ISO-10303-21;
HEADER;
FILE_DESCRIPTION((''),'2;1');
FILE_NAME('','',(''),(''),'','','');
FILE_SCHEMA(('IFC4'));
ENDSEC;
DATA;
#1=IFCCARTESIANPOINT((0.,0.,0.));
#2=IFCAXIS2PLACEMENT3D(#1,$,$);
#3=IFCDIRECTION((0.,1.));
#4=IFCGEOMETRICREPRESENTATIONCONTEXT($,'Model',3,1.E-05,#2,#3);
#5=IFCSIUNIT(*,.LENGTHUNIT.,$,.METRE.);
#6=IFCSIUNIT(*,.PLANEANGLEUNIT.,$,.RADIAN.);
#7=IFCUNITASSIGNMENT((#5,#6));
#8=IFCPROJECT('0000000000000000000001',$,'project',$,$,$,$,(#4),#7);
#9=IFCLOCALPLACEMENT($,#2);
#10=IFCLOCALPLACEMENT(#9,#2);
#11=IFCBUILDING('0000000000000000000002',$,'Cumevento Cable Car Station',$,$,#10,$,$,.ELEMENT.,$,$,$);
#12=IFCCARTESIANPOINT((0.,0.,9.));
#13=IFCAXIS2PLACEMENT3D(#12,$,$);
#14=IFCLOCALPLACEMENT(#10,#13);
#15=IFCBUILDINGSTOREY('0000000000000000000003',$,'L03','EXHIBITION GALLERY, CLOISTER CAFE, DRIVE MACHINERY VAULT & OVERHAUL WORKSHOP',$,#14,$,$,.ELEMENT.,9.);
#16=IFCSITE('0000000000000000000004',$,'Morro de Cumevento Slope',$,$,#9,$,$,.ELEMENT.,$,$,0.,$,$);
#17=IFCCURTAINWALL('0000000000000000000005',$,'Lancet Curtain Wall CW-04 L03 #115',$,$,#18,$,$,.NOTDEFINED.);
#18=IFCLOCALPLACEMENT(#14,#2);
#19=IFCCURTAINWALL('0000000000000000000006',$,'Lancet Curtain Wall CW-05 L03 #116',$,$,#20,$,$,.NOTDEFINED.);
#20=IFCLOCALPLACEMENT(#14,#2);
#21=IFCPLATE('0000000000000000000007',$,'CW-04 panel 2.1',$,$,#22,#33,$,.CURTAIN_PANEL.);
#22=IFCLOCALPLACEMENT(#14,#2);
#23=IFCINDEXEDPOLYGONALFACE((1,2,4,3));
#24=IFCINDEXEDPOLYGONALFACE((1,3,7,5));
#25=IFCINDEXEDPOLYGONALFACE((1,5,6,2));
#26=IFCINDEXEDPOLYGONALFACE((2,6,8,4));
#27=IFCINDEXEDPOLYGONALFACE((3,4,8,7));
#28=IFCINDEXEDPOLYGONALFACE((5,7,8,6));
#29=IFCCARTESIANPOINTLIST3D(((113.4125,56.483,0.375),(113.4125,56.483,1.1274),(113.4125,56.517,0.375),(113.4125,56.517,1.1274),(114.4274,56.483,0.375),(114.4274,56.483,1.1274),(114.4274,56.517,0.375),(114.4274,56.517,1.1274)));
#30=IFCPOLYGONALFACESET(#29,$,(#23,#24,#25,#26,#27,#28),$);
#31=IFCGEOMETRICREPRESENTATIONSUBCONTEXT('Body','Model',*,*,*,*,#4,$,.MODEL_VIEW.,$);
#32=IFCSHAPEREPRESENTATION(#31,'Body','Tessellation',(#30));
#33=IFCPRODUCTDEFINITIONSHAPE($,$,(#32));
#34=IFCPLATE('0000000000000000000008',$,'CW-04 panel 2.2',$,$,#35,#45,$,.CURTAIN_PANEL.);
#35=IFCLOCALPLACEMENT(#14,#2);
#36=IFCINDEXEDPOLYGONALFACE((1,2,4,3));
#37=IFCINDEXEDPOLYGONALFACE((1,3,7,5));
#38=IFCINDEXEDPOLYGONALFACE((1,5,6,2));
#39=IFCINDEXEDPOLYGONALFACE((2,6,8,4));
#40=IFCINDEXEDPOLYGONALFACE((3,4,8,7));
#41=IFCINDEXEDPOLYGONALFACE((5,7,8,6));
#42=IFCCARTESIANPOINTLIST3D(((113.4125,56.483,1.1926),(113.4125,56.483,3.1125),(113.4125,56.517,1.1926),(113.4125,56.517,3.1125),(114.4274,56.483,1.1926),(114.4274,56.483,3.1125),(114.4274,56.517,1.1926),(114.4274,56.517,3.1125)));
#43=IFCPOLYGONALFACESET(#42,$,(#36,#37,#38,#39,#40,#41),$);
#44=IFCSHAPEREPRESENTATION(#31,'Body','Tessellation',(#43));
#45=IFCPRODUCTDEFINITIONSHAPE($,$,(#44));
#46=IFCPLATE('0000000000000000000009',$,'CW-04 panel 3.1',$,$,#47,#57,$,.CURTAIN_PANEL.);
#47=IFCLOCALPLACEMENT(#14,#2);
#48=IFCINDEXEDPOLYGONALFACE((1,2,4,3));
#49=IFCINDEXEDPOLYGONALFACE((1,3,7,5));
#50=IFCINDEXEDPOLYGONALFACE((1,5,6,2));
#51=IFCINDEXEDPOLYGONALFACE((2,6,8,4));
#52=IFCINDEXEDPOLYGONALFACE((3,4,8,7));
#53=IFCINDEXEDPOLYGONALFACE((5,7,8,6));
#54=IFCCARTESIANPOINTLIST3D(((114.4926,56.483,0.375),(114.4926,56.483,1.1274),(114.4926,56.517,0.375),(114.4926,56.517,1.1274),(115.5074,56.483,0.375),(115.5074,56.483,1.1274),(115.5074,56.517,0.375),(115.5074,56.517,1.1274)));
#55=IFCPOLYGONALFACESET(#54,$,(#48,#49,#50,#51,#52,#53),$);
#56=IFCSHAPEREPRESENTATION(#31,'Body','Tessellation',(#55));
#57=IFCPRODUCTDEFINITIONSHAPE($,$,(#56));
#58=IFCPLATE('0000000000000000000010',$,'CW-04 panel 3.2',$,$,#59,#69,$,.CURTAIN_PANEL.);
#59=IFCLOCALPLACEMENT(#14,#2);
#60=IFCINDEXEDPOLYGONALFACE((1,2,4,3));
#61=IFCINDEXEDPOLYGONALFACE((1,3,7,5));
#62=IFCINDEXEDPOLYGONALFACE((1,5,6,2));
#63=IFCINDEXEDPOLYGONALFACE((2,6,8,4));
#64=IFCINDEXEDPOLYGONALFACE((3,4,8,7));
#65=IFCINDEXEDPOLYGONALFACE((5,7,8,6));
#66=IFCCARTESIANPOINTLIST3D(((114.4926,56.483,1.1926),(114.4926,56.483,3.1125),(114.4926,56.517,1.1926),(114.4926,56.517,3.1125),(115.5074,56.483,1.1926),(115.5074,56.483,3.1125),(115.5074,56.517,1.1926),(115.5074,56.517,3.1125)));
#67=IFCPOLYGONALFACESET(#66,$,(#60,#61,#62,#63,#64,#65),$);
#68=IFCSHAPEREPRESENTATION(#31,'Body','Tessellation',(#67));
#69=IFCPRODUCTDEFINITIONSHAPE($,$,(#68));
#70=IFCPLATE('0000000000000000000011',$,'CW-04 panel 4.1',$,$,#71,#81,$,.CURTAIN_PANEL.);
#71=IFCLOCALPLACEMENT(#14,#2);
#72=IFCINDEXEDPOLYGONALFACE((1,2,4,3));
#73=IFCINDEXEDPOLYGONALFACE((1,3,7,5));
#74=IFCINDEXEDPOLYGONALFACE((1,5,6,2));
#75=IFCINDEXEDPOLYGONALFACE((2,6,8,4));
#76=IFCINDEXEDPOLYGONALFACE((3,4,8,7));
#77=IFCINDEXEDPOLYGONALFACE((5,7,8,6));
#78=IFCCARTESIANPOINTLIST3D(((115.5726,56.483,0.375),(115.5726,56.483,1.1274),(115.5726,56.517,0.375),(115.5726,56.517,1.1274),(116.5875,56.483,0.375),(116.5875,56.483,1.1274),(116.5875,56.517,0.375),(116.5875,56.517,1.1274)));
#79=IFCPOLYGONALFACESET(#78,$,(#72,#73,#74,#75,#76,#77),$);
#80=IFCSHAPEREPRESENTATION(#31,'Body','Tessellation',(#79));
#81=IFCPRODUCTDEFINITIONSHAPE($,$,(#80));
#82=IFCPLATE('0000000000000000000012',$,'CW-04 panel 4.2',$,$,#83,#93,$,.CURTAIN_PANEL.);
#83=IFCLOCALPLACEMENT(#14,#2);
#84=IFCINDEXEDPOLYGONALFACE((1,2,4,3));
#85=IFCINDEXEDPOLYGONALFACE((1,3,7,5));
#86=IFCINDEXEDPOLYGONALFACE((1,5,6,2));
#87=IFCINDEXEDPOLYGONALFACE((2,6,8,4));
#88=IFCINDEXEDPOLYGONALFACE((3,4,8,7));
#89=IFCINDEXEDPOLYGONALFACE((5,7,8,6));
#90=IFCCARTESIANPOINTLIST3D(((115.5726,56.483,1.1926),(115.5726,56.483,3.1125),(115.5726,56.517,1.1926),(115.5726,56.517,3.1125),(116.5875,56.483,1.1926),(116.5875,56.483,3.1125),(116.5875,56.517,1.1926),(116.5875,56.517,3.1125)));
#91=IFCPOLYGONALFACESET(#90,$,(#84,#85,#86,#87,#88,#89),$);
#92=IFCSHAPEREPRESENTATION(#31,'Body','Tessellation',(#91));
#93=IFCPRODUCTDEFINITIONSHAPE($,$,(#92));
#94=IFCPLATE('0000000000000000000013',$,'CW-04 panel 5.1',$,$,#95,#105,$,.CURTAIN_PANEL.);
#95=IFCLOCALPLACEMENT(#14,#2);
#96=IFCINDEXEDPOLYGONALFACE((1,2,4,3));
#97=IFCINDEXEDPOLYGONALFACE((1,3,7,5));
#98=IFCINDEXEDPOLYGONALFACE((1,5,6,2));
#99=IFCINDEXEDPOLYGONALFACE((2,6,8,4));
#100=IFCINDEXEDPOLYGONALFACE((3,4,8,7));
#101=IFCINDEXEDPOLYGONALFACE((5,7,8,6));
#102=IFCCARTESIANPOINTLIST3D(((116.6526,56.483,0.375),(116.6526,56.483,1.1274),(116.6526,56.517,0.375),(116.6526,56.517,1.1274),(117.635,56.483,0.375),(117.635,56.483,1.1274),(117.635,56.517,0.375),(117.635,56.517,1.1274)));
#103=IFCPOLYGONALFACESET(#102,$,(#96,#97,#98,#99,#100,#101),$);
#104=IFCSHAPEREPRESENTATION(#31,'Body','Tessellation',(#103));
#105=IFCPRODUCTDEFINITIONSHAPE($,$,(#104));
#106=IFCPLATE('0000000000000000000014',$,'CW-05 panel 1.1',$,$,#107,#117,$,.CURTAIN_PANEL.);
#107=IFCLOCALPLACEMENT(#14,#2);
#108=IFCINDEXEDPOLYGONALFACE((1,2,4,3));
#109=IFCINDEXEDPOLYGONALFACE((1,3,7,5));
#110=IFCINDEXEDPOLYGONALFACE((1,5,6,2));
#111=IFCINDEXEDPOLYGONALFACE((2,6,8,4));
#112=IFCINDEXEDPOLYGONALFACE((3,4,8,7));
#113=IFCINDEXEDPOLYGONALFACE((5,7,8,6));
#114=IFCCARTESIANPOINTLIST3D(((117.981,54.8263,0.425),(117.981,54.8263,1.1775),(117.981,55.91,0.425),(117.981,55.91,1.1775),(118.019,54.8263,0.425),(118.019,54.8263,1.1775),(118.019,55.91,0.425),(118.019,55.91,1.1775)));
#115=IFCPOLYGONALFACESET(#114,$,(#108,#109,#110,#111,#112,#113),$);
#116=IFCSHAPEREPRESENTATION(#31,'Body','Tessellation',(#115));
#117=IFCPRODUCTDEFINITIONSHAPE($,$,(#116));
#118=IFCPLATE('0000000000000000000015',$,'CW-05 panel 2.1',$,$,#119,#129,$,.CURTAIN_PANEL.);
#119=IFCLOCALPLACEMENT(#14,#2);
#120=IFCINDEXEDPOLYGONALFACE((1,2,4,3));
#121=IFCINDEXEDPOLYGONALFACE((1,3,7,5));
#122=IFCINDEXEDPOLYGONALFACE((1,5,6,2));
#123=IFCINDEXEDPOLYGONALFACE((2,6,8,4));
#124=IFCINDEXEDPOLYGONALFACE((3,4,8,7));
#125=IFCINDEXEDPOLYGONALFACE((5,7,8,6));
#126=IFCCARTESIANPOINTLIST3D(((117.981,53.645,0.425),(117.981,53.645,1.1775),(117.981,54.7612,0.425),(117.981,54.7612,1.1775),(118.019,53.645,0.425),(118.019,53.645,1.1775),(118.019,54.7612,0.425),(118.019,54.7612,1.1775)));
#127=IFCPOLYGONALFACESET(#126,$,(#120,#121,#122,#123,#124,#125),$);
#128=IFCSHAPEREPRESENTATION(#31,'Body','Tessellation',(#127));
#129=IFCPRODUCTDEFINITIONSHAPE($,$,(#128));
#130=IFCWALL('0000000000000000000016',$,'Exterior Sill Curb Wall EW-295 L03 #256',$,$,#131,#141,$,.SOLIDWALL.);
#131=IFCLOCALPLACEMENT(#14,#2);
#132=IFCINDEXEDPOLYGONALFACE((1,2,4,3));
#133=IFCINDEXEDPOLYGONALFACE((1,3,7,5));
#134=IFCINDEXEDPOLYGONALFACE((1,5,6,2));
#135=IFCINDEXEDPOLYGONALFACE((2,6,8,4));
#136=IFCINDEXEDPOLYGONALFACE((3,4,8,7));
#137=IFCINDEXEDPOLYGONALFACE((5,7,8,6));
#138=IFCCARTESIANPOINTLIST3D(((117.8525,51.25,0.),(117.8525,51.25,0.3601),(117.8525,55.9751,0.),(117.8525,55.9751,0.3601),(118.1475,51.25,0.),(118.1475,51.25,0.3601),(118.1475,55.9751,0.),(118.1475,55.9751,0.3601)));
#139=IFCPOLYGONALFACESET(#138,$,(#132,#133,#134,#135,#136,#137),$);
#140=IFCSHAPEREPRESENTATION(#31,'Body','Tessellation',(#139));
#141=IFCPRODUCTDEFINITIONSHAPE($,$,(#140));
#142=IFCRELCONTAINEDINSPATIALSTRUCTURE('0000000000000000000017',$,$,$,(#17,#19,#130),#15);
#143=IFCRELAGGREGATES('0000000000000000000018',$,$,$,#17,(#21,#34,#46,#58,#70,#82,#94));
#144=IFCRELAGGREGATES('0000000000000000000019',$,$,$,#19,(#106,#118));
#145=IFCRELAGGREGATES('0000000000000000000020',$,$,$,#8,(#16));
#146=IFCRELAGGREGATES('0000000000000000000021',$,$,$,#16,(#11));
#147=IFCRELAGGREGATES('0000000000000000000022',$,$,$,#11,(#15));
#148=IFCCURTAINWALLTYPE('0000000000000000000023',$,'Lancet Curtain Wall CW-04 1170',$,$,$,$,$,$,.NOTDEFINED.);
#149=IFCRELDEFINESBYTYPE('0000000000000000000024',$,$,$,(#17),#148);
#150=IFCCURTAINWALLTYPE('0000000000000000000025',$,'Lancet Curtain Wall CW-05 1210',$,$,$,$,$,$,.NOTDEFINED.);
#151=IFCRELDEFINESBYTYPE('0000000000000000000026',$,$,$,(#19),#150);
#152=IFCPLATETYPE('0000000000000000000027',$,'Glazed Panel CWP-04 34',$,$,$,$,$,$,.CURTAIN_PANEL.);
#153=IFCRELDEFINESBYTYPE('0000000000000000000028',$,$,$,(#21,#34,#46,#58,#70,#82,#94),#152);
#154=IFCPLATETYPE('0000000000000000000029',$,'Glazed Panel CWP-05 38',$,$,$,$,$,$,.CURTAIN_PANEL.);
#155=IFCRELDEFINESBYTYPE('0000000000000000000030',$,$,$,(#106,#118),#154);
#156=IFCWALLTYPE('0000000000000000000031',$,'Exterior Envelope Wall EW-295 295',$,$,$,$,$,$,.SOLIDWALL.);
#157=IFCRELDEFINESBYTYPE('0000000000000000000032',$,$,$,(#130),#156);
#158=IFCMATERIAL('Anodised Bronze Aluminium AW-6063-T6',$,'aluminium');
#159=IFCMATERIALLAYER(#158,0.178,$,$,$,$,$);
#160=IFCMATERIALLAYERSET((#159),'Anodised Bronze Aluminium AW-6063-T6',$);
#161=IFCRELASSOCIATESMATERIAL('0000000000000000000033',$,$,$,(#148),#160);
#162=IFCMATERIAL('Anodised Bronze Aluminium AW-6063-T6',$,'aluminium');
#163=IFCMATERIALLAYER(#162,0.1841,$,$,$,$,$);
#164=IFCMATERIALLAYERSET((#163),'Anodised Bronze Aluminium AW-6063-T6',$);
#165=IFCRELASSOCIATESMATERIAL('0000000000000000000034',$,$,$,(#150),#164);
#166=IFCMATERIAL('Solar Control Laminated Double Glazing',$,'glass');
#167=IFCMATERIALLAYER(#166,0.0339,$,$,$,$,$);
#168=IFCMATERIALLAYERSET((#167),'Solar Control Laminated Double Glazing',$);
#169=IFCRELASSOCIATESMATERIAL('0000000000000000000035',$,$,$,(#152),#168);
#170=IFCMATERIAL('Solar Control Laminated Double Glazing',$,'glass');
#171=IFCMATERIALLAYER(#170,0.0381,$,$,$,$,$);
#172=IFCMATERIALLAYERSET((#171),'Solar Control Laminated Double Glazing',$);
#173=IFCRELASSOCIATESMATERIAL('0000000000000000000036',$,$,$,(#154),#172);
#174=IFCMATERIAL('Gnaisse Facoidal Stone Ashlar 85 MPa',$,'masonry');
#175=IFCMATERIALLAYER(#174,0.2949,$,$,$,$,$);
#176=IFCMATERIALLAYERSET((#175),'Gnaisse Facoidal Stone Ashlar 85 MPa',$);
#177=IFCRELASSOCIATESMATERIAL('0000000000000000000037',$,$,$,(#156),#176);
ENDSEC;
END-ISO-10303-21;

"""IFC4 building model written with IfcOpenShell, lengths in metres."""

from ifc_helpers import new_model, si_unit, direction, frame, frame_2d, origin, origin_2d, place, context, subcontext, project, spatial, rectangle, extrude, material, layer, layer_set, type_object, element, aggregate, save


model = new_model("IFC4")

# Units and contexts
model_context = context("Model", 3, precision=1e-05, world=origin(), true_north=direction((0.0, 1.0)))
body_context = subcontext(model_context, "Body", "Model", "MODEL_VIEW")
ifc_project = project(units=[si_unit("LENGTHUNIT", "METRE"), si_unit("PLANEANGLEUNIT", "RADIAN")], contexts=[model_context])

# Site, building, storey
site_placement = place(None, origin())
site = spatial("IfcSite", under=ifc_project, at=site_placement, Name="Morro de Cumevento Slope", CompositionType="ELEMENT", RefElevation=0.0)
building_placement = place(site_placement, origin())
building = spatial("IfcBuilding", under=site, at=building_placement, Name="Cumevento Cable Car Station", CompositionType="ELEMENT")
storey_placement = place(building_placement, frame((0.0, 0.0, 9.0)))
storey = spatial("IfcBuildingStorey", under=building, at=storey_placement, Name="L03", Description="EXHIBITION GALLERY, CLOISTER CAFE, DRIVE MACHINERY VAULT & OVERHAUL WORKSHOP", CompositionType="ELEMENT", Elevation=9.0)

# Curtain walls
ifc_material_1 = material(Name="Anodised Bronze Aluminium AW-6063-T6", Category="aluminium")
ifc_layer_1 = layer(ifc_material_1, 0.178)
ifc_layer_set_1 = layer_set([ifc_layer_1], Name="Anodised Bronze Aluminium AW-6063-T6")
curtain_wall_type_1 = type_object("IfcCurtainWallType", Name="Lancet Curtain Wall CW-04 1170", PredefinedType="NOTDEFINED", material=ifc_layer_set_1)
curtain_wall_1_placement = place(storey_placement, origin())
curtain_wall_1 = element("IfcCurtainWall", 1, at=curtain_wall_1_placement, inside=storey, type_object=curtain_wall_type_1, Name="Lancet Curtain Wall CW-04 L03 #115", PredefinedType="NOTDEFINED")
ifc_material_2 = material(Name="Anodised Bronze Aluminium AW-6063-T6", Category="aluminium")
ifc_layer_2 = layer(ifc_material_2, 0.1841)
ifc_layer_set_2 = layer_set([ifc_layer_2], Name="Anodised Bronze Aluminium AW-6063-T6")
curtain_wall_type_2 = type_object("IfcCurtainWallType", Name="Lancet Curtain Wall CW-05 1210", PredefinedType="NOTDEFINED", material=ifc_layer_set_2)
curtain_wall_2_placement = place(storey_placement, origin())
curtain_wall_2 = element("IfcCurtainWall", 2, at=curtain_wall_2_placement, inside=storey, type_object=curtain_wall_type_2, Name="Lancet Curtain Wall CW-05 L03 #116", PredefinedType="NOTDEFINED")

# Plates
ifc_material_3 = material(Name="Solar Control Laminated Double Glazing", Category="glass")
ifc_layer_3 = layer(ifc_material_3, 0.0339)
ifc_layer_set_3 = layer_set([ifc_layer_3], Name="Solar Control Laminated Double Glazing")
plate_type_1 = type_object("IfcPlateType", Name="Glazed Panel CWP-04 34", PredefinedType="CURTAIN_PANEL", material=ifc_layer_set_3)
plate_1_placement = place(storey_placement, frame((113.9199, 56.5, 0.375), z_axis=(0.0, 0.0, 1.0), x_axis=(1.0, 0.0, 0.0)))
plate_1 = element("IfcPlate", 3, at=plate_1_placement, type_object=plate_type_1, Name="CW-04 panel 2.1", PredefinedType="CURTAIN_PANEL", context=body_context, shape_type="SweptSolid", body=[
    extrude(rectangle(XDim=1.0149, YDim=0.0339, at=origin_2d()), origin(), (0.0, 0.0, 1.0), 0.7524),
])
plate_2_placement = place(storey_placement, frame((113.9199, 56.5, 1.1926), z_axis=(0.0, 0.0, 1.0), x_axis=(1.0, 0.0, 0.0)))
plate_2 = element("IfcPlate", 4, at=plate_2_placement, type_object=plate_type_1, Name="CW-04 panel 2.2", PredefinedType="CURTAIN_PANEL", context=body_context, shape_type="SweptSolid", body=[
    extrude(rectangle(XDim=1.0149, YDim=0.0339, at=origin_2d()), origin(), (0.0, 0.0, 1.0), 1.9199),
])
plate_3_placement = place(storey_placement, frame((115.0, 56.5, 0.375), z_axis=(0.0, 0.0, 1.0), x_axis=(1.0, 0.0, 0.0)))
plate_3 = element("IfcPlate", 5, at=plate_3_placement, type_object=plate_type_1, Name="CW-04 panel 3.1", PredefinedType="CURTAIN_PANEL", context=body_context, shape_type="SweptSolid", body=[
    extrude(rectangle(XDim=1.0149, YDim=0.0339, at=origin_2d()), origin(), (0.0, 0.0, 1.0), 0.7524),
])
plate_4_placement = place(storey_placement, frame((115.0, 56.5, 1.1926), z_axis=(0.0, 0.0, 1.0), x_axis=(1.0, 0.0, 0.0)))
plate_4 = element("IfcPlate", 6, at=plate_4_placement, type_object=plate_type_1, Name="CW-04 panel 3.2", PredefinedType="CURTAIN_PANEL", context=body_context, shape_type="SweptSolid", body=[
    extrude(rectangle(XDim=1.0149, YDim=0.0339, at=origin_2d()), origin(), (0.0, 0.0, 1.0), 1.9199),
])
plate_5_placement = place(storey_placement, frame((116.0801, 56.5, 0.375), z_axis=(0.0, 0.0, 1.0), x_axis=(1.0, 0.0, 0.0)))
plate_5 = element("IfcPlate", 7, at=plate_5_placement, type_object=plate_type_1, Name="CW-04 panel 4.1", PredefinedType="CURTAIN_PANEL", context=body_context, shape_type="SweptSolid", body=[
    extrude(rectangle(XDim=1.0149, YDim=0.0339, at=origin_2d()), origin(), (0.0, 0.0, 1.0), 0.7524),
])
plate_6_placement = place(storey_placement, frame((116.0801, 56.5, 1.1926), z_axis=(0.0, 0.0, 1.0), x_axis=(1.0, 0.0, 0.0)))
plate_6 = element("IfcPlate", 8, at=plate_6_placement, type_object=plate_type_1, Name="CW-04 panel 4.2", PredefinedType="CURTAIN_PANEL", context=body_context, shape_type="SweptSolid", body=[
    extrude(rectangle(XDim=1.0149, YDim=0.0339, at=origin_2d()), origin(), (0.0, 0.0, 1.0), 1.9199),
])
plate_7_placement = place(storey_placement, frame((117.1438, 56.5, 0.375), z_axis=(0.0, 0.0, 1.0), x_axis=(1.0, 0.0, 0.0)))
plate_7 = element("IfcPlate", 9, at=plate_7_placement, type_object=plate_type_1, Name="CW-04 panel 5.1", PredefinedType="CURTAIN_PANEL", context=body_context, shape_type="SweptSolid", body=[
    extrude(rectangle(XDim=0.9824, YDim=0.0339, at=origin_2d()), origin(), (0.0, 0.0, 1.0), 0.7524),
])
aggregate(curtain_wall_1, [plate_1, plate_2, plate_3, plate_4, plate_5, plate_6, plate_7])
ifc_material_4 = material(Name="Solar Control Laminated Double Glazing", Category="glass")
ifc_layer_4 = layer(ifc_material_4, 0.0381)
ifc_layer_set_4 = layer_set([ifc_layer_4], Name="Solar Control Laminated Double Glazing")
plate_type_2 = type_object("IfcPlateType", Name="Glazed Panel CWP-05 38", PredefinedType="CURTAIN_PANEL", material=ifc_layer_set_4)
plate_8_placement = place(storey_placement, frame((118.0, 55.3682, 0.425), z_axis=(0.0, 0.0, 1.0), x_axis=(0.0, -1.0, 0.0)))
plate_8 = element("IfcPlate", 10, at=plate_8_placement, type_object=plate_type_2, Name="CW-05 panel 1.1", PredefinedType="CURTAIN_PANEL", context=body_context, shape_type="SweptSolid", body=[
    extrude(rectangle(XDim=1.0837, YDim=0.0381, at=origin_2d()), origin(), (0.0, 0.0, 1.0), 0.7524),
])
plate_9_placement = place(storey_placement, frame((118.0, 54.2031, 0.425), z_axis=(0.0, 0.0, 1.0), x_axis=(0.0, -1.0, 0.0)))
plate_9 = element("IfcPlate", 11, at=plate_9_placement, type_object=plate_type_2, Name="CW-05 panel 2.1", PredefinedType="CURTAIN_PANEL", context=body_context, shape_type="SweptSolid", body=[
    extrude(rectangle(XDim=1.1162, YDim=0.0381, at=origin_2d()), origin(), (0.0, 0.0, 1.0), 0.7524),
])
aggregate(curtain_wall_2, [plate_8, plate_9])

# Wall
ifc_material_5 = material(Name="Gnaisse Facoidal Stone Ashlar 85 MPa", Category="masonry")
ifc_layer_5 = layer(ifc_material_5, 0.2949)
ifc_layer_set_5 = layer_set([ifc_layer_5], Name="Gnaisse Facoidal Stone Ashlar 85 MPa")
wall_type = type_object("IfcWallType", Name="Exterior Envelope Wall EW-295 295", PredefinedType="SOLIDWALL", material=ifc_layer_set_5)
wall_placement = place(storey_placement, frame((118.0, 55.9751, 0.0), z_axis=(0.0, 0.0, 1.0), x_axis=(0.0, -1.0, 0.0)))
element("IfcWall", 12, at=wall_placement, inside=storey, type_object=wall_type, Name="Exterior Sill Curb Wall EW-295 L03 #256", PredefinedType="SOLIDWALL", context=body_context, shape_type="SweptSolid", body=[
    extrude(rectangle(XDim=4.7251, YDim=0.2949, at=frame_2d((2.3625, 0.0))), origin(), (0.0, 0.0, 1.0), 0.3601),
])

save(model, "model.ifc")
